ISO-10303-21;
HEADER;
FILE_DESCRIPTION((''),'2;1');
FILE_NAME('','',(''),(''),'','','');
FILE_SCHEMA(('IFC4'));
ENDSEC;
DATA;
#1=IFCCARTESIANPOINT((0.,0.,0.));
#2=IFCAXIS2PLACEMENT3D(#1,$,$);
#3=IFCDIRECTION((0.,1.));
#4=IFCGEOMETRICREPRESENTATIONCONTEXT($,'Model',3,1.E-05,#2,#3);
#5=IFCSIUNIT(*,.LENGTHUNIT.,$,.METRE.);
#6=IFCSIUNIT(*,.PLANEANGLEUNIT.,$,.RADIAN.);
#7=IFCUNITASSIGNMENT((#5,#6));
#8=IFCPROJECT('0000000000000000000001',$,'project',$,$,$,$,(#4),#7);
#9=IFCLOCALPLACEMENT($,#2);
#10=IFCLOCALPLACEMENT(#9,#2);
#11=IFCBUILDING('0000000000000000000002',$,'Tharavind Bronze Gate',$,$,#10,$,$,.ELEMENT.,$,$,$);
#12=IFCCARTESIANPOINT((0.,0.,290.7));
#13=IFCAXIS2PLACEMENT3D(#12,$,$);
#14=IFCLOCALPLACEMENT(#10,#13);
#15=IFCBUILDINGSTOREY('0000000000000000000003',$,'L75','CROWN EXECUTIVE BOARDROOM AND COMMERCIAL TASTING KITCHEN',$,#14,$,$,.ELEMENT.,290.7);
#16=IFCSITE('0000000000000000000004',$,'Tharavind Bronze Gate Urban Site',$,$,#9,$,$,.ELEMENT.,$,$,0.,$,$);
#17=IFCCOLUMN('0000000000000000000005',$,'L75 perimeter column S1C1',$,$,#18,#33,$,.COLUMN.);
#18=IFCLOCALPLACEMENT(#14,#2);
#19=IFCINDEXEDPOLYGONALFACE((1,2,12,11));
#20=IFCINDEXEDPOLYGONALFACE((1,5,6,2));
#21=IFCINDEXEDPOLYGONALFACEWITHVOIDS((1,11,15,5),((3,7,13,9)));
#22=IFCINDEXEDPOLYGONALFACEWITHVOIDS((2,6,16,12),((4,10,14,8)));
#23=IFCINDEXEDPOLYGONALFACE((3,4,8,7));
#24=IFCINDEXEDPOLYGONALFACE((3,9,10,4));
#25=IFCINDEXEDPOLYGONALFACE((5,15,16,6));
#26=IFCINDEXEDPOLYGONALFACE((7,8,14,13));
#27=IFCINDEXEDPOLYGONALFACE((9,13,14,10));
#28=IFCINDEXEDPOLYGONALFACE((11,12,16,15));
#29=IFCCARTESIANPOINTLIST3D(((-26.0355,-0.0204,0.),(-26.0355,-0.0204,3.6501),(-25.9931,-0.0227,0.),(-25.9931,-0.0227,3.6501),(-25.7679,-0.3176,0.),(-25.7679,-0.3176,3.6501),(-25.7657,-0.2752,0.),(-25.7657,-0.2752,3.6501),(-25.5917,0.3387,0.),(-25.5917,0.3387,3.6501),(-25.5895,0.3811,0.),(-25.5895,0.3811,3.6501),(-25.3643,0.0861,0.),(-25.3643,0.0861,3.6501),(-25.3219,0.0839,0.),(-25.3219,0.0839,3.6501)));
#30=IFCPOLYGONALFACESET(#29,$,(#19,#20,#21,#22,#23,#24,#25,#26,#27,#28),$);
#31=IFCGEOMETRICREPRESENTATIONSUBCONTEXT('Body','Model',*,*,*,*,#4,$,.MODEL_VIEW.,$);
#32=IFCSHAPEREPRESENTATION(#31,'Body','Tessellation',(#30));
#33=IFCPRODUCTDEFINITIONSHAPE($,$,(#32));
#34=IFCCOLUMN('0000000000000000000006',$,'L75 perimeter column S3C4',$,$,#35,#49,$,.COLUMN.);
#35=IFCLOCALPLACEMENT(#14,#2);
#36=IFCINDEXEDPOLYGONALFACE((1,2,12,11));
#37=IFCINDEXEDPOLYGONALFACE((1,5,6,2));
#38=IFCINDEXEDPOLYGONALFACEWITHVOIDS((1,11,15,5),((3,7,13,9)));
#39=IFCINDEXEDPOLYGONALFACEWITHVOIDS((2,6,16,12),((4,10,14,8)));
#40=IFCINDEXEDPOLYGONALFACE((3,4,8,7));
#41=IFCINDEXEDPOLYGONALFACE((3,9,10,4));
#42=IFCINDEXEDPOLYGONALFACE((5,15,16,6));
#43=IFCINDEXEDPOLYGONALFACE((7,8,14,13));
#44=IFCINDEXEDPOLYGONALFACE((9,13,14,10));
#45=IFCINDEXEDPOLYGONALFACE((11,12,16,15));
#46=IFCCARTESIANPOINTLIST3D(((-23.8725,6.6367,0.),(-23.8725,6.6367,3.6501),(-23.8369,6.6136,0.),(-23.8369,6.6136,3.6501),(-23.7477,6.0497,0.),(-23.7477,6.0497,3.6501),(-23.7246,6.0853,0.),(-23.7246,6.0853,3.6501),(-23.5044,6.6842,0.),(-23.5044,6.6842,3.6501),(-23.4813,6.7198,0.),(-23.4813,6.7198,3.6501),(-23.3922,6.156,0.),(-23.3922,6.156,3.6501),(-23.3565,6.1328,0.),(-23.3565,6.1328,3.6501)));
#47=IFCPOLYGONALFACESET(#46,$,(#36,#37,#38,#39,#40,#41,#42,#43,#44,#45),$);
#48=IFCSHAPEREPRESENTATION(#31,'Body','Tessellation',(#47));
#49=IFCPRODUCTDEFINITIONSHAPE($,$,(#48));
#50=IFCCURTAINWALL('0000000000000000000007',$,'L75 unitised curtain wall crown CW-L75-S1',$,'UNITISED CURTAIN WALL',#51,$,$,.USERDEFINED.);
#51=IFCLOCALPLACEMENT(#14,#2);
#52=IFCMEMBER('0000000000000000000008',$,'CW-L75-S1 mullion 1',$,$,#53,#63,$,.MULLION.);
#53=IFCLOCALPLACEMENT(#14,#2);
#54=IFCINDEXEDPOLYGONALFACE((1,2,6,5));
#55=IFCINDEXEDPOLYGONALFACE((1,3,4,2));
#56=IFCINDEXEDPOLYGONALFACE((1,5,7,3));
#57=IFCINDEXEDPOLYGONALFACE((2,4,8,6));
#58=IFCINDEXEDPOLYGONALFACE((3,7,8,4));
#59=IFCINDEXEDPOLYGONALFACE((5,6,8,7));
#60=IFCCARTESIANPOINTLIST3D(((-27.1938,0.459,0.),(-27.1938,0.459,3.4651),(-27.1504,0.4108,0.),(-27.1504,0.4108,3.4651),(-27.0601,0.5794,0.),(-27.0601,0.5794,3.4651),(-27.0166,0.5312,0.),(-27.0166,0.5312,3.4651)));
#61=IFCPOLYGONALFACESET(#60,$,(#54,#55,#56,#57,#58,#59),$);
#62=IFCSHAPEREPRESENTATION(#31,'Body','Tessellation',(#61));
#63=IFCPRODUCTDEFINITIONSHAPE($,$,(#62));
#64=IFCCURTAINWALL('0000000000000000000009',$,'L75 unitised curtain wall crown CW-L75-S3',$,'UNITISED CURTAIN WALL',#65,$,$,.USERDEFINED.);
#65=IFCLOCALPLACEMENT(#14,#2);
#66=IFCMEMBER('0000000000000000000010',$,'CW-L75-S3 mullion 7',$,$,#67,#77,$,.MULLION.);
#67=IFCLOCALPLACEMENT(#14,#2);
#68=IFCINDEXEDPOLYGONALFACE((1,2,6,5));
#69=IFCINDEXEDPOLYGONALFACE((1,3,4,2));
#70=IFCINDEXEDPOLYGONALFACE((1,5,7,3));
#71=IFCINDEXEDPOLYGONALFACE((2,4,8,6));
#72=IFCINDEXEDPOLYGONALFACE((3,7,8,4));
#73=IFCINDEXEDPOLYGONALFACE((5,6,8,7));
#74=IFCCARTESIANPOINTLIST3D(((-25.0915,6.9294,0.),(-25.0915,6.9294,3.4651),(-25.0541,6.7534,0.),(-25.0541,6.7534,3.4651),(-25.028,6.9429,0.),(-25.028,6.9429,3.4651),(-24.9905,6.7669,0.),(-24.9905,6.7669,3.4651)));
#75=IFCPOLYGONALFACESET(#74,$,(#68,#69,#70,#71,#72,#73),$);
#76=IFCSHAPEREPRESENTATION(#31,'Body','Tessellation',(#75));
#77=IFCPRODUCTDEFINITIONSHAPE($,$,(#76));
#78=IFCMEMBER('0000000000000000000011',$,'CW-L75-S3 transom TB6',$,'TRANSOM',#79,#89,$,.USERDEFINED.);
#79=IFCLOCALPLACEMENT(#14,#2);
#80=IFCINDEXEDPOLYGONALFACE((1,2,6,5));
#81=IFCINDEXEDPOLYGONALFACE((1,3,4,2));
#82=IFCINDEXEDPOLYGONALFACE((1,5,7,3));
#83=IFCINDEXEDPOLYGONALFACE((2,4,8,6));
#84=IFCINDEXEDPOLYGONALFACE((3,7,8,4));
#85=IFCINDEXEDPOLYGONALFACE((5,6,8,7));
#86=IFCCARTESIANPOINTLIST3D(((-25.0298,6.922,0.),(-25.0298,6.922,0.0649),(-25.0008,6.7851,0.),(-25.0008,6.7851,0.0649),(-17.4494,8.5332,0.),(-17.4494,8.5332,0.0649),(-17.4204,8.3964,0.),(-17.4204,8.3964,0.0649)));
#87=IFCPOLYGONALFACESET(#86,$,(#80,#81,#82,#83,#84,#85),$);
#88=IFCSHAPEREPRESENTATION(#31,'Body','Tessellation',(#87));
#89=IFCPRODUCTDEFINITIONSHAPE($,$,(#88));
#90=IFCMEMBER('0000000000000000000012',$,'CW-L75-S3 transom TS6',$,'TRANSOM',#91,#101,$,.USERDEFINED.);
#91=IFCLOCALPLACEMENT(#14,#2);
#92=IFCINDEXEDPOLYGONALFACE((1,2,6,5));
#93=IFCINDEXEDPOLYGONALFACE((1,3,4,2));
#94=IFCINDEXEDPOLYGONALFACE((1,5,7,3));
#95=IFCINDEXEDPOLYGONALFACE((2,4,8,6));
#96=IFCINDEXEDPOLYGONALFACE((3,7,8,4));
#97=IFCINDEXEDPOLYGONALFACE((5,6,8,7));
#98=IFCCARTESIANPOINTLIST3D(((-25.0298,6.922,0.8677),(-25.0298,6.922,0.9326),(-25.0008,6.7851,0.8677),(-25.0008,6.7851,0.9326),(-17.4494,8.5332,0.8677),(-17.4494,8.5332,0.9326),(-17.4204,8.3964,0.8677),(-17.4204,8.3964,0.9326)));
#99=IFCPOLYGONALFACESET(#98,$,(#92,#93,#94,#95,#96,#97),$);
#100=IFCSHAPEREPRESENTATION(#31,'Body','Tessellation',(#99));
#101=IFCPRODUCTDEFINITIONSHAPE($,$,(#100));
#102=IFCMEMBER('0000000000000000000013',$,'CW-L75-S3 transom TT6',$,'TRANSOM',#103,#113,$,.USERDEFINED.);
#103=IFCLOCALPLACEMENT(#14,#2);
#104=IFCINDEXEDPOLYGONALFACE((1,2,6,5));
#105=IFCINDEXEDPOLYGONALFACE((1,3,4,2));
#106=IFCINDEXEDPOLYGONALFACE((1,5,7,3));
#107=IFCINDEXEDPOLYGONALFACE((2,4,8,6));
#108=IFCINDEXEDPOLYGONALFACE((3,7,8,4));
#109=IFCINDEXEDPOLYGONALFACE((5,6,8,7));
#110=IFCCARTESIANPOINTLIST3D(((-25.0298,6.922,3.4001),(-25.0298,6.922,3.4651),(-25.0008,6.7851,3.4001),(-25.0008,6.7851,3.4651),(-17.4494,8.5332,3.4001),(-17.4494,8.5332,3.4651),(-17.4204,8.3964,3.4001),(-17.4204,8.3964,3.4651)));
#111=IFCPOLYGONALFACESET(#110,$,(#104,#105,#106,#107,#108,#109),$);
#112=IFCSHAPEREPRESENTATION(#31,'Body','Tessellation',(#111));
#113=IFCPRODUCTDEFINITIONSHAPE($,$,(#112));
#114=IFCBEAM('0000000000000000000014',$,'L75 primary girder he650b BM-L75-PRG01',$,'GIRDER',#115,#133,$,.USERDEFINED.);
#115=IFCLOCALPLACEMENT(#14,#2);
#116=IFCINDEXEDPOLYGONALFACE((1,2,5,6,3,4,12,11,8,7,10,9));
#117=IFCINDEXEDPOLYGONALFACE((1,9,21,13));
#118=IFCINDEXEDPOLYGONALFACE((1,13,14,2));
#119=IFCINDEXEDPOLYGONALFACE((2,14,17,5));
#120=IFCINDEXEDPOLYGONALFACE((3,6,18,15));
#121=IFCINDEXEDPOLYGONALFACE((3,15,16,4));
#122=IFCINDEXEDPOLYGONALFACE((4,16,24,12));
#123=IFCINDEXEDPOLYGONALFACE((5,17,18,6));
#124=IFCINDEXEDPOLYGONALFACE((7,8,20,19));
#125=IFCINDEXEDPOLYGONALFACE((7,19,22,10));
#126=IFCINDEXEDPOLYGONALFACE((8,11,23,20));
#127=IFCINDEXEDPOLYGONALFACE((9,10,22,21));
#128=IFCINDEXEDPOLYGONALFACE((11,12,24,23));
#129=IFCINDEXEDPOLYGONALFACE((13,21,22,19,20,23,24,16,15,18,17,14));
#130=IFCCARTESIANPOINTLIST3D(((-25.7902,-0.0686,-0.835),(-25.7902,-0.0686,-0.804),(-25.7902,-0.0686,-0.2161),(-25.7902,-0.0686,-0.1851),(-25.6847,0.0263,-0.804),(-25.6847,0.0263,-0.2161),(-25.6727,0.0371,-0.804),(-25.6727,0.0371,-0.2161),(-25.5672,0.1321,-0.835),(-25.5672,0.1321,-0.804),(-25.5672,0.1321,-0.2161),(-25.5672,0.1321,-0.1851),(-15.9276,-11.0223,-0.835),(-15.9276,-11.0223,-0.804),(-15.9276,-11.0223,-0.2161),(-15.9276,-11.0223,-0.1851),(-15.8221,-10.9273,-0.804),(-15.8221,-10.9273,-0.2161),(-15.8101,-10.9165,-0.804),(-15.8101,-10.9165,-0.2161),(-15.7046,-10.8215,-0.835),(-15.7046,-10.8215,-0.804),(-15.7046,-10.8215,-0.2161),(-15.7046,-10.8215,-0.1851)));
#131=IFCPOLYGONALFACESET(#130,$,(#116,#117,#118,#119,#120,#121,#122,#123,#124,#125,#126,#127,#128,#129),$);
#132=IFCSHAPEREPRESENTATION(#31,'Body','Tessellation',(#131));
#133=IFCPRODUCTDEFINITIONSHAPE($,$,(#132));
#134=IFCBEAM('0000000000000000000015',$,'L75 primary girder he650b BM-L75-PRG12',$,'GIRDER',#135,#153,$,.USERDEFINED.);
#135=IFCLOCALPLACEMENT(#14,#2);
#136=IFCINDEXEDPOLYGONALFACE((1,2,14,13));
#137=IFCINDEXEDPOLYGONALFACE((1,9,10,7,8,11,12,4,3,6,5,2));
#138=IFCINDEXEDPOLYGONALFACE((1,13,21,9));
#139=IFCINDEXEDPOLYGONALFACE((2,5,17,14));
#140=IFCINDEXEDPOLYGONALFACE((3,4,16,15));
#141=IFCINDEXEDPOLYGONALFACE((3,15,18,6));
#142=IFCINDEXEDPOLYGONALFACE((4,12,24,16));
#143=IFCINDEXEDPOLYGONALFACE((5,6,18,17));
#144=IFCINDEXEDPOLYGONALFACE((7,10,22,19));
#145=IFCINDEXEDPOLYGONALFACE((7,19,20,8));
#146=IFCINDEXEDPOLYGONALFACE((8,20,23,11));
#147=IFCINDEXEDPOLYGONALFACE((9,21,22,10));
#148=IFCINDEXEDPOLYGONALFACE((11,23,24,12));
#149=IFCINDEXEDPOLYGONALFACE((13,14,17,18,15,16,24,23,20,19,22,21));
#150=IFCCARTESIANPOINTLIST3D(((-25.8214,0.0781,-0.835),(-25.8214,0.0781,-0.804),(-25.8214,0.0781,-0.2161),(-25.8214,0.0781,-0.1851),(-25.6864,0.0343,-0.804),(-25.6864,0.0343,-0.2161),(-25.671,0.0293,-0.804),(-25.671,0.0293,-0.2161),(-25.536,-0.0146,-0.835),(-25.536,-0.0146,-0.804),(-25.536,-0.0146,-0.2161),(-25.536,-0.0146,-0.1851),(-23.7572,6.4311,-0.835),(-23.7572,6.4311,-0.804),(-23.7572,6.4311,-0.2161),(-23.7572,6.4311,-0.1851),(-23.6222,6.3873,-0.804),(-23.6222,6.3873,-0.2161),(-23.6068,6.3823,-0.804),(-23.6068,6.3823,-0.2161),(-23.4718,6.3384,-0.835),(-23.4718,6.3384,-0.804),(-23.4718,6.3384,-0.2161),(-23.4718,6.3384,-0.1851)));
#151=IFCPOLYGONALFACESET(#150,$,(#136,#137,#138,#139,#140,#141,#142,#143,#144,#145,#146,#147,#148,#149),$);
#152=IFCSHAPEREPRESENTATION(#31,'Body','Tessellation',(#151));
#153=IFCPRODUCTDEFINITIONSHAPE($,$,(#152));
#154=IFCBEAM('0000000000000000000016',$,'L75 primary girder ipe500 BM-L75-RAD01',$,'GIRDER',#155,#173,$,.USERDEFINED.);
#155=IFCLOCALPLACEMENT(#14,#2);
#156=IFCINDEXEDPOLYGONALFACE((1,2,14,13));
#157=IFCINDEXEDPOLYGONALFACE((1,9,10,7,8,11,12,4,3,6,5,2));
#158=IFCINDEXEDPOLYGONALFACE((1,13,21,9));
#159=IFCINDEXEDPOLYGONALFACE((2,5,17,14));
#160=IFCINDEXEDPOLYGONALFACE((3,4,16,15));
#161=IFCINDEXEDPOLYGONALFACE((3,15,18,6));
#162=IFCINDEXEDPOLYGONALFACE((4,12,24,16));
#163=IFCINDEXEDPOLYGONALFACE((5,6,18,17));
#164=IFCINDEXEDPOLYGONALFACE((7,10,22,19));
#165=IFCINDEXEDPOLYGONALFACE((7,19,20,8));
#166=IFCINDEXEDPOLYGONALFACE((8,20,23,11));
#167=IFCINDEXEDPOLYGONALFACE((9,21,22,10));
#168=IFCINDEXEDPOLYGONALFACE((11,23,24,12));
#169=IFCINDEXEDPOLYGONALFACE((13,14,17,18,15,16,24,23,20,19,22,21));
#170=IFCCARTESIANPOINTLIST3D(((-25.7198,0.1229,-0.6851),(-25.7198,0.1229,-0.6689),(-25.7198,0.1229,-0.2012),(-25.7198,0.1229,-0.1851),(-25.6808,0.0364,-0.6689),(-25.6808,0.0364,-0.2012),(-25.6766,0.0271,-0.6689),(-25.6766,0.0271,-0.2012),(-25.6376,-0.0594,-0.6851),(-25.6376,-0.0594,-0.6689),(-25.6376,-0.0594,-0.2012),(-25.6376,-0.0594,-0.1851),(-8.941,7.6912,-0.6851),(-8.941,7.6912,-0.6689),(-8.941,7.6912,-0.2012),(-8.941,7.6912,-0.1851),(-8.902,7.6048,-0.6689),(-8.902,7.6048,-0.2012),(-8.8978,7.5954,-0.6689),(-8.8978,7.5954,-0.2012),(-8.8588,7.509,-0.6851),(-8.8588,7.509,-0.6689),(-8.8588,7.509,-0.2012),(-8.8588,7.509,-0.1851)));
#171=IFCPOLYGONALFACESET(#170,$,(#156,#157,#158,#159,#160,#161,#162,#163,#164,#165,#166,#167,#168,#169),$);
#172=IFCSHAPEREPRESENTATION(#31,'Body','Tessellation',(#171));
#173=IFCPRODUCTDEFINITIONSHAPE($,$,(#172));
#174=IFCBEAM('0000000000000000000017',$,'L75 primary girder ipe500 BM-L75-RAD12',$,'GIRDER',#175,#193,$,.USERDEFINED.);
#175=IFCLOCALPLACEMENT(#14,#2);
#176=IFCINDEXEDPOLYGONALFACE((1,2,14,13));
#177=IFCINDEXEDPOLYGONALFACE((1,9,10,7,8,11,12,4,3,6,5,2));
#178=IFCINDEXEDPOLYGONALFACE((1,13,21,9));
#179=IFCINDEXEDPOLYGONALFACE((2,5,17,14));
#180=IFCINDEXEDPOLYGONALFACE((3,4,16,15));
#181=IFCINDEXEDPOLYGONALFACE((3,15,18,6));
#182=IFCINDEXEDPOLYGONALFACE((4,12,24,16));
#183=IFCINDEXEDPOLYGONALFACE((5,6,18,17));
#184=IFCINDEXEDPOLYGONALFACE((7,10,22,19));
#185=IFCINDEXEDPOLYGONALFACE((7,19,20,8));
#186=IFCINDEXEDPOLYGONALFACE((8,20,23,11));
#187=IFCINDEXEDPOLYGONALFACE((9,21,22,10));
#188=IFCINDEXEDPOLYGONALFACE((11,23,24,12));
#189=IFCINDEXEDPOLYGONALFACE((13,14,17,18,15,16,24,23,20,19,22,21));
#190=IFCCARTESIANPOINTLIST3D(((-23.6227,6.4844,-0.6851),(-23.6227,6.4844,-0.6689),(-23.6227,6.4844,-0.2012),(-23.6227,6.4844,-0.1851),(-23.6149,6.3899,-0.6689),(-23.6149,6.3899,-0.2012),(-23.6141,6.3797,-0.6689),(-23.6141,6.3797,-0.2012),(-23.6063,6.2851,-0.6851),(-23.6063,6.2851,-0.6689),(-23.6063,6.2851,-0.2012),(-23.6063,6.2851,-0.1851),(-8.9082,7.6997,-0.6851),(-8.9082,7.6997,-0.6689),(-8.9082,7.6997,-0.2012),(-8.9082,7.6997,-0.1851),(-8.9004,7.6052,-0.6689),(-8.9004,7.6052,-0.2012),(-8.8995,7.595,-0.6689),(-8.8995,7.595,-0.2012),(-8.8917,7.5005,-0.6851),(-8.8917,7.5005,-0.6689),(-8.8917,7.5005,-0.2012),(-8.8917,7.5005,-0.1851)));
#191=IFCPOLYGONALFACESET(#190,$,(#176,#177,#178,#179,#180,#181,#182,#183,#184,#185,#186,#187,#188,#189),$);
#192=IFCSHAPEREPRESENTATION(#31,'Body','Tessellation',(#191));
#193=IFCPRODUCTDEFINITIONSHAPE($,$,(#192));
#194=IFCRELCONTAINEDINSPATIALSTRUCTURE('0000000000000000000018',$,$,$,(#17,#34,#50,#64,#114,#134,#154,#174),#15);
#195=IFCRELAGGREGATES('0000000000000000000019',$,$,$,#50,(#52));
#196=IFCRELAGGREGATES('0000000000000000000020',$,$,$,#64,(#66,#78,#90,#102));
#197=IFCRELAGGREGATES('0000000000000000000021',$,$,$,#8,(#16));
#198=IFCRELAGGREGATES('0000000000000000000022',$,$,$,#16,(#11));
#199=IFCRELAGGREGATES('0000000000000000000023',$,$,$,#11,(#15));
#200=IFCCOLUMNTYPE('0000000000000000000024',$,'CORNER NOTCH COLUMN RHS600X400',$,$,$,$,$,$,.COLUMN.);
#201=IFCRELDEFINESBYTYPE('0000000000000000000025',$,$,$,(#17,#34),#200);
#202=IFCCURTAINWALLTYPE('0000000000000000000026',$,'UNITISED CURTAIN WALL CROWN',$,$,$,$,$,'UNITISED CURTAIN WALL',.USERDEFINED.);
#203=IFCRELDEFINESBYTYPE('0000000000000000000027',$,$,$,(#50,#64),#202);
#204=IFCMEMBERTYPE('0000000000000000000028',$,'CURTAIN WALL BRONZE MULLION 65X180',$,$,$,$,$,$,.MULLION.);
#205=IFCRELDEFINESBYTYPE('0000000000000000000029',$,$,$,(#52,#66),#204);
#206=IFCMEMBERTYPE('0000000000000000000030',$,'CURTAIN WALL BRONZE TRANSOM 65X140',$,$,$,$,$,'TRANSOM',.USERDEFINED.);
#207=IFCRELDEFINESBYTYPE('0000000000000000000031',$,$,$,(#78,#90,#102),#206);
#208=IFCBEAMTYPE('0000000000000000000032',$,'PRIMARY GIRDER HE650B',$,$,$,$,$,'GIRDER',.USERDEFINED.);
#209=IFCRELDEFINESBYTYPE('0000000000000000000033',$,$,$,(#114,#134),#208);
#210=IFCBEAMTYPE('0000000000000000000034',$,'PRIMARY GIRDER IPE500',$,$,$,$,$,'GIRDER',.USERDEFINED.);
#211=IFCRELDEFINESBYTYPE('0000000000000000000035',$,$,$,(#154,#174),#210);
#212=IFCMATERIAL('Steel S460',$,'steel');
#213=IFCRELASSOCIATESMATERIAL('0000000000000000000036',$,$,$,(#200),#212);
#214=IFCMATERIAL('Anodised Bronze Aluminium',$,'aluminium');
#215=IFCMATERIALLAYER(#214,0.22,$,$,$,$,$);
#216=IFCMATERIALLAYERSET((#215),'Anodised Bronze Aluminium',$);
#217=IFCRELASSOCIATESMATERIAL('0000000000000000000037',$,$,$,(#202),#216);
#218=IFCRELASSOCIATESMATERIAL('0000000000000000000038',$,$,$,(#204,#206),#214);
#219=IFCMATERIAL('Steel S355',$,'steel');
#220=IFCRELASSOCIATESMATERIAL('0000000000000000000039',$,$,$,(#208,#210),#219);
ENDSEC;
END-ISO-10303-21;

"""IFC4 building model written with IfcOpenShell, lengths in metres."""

from ifc_helpers import new_model, si_unit, direction, frame, origin, origin_2d, place, context, subcontext, project, spatial, rectangle, hollow_rectangle, i_section, extrude, material, layer, layer_set, material_profile, profile_set, type_object, element, aggregate, save


model = new_model("IFC4")

# Units and contexts
model_context = context("Model", 3, precision=1e-05, world=origin(), true_north=direction((0.0, 1.0)))
body_context = subcontext(model_context, "Body", "Model", "MODEL_VIEW")
ifc_project = project(units=[si_unit("LENGTHUNIT", "METRE"), si_unit("PLANEANGLEUNIT", "RADIAN")], contexts=[model_context])

# Site, building, storey
site_placement = place(None, origin())
site = spatial("IfcSite", under=ifc_project, at=site_placement, Name="Tharavind Bronze Gate Urban Site", CompositionType="ELEMENT", RefElevation=0.0)
building_placement = place(site_placement, origin())
building = spatial("IfcBuilding", under=site, at=building_placement, Name="Tharavind Bronze Gate", CompositionType="ELEMENT")
storey_placement = place(building_placement, frame((0.0, 0.0, 290.7)))
storey = spatial("IfcBuildingStorey", under=building, at=storey_placement, Name="L75", Description="CROWN EXECUTIVE BOARDROOM AND COMMERCIAL TASTING KITCHEN", CompositionType="ELEMENT", Elevation=290.7)

# Columns
ifc_material_1 = material(Name="Steel S460", Category="steel")
ifc_material_profile_1 = material_profile(ifc_material_1, hollow_rectangle(XDim=0.3999, YDim=0.6001, WallThickness=0.03, at=origin_2d()), Name="RHS600X400X30")
ifc_profile_set_1 = profile_set([ifc_material_profile_1], Name="Steel S460")
column_type = type_object("IfcColumnType", Name="CORNER NOTCH COLUMN RHS600X400", PredefinedType="COLUMN", material=ifc_profile_set_1)
for number, where, z_axis, x_axis, name in (
    (1, (-25.6787, 0.0317, 0.0), (0.0, 0.0, 1.0), (-0.669131, 0.743145, 0.0), "L75 perimeter column S1C1"),
    (2, (-23.6145, 6.3848, 0.0), (0.0, 0.0, 1.0), (0.978147, 0.207913, 0.0), "L75 perimeter column S3C4"),
):
    element("IfcColumn", number, at=place(storey_placement, frame(where, z_axis=z_axis, x_axis=x_axis)), inside=storey, type_object=column_type, Name=name, PredefinedType="COLUMN", context=body_context, shape_type="SweptSolid", body=[
        extrude(hollow_rectangle(XDim=0.3999, YDim=0.6001, WallThickness=0.03, at=origin_2d()), origin(), (0.0, 0.0, 1.0), 3.6501),
    ])

# Curtain wall, member
ifc_material_2 = material(Name="Anodised Bronze Aluminium", Category="aluminium")
ifc_layer_1 = layer(ifc_material_2, 0.22)
ifc_layer_set_1 = layer_set([ifc_layer_1], Name="Anodised Bronze Aluminium")
curtain_wall_type = type_object("IfcCurtainWallType", Name="UNITISED CURTAIN WALL CROWN", ElementType="UNITISED CURTAIN WALL", PredefinedType="USERDEFINED", material=ifc_layer_set_1)
curtain_wall_1_placement = place(storey_placement, origin())
curtain_wall_1 = element("IfcCurtainWall", 3, at=curtain_wall_1_placement, inside=storey, type_object=curtain_wall_type, Name="L75 unitised curtain wall crown CW-L75-S1", ObjectType="UNITISED CURTAIN WALL", PredefinedType="USERDEFINED")
member_type_1 = type_object("IfcMemberType", Name="CURTAIN WALL BRONZE MULLION 65X180", PredefinedType="MULLION", material=ifc_material_2)
member_1_placement = place(storey_placement, frame((-27.1052, 0.4951, 0.0), z_axis=(0.0, 0.0, 1.0), x_axis=(0.669131, -0.743145, 0.0)))
member_1 = element("IfcMember", 4, at=member_1_placement, type_object=member_type_1, Name="CW-L75-S1 mullion 1", PredefinedType="MULLION", context=body_context, shape_type="SweptSolid", body=[
    extrude(rectangle(XDim=0.0649, YDim=0.1799, at=origin_2d()), origin(), (0.0, 0.0, 1.0), 3.4651),
])
aggregate(curtain_wall_1, [member_1])

# Curtain wall, members
curtain_wall_2_placement = place(storey_placement, origin())
curtain_wall_2 = element("IfcCurtainWall", 5, at=curtain_wall_2_placement, inside=storey, type_object=curtain_wall_type, Name="L75 unitised curtain wall crown CW-L75-S3", ObjectType="UNITISED CURTAIN WALL", PredefinedType="USERDEFINED")
member_2_placement = place(storey_placement, frame((-25.041, 6.8481, 0.0), z_axis=(0.0, 0.0, 1.0), x_axis=(-0.978147, -0.207913, 0.0)))
member_2 = element("IfcMember", 6, at=member_2_placement, type_object=member_type_1, Name="CW-L75-S3 mullion 7", PredefinedType="MULLION", context=body_context, shape_type="SweptSolid", body=[
    extrude(rectangle(XDim=0.0649, YDim=0.1799, at=origin_2d()), origin(), (0.0, 0.0, 1.0), 3.4651),
])
member_type_2 = type_object("IfcMemberType", Name="CURTAIN WALL BRONZE TRANSOM 65X140", ElementType="TRANSOM", PredefinedType="USERDEFINED", material=ifc_material_2)
member_3_placement = place(storey_placement, frame((-21.2251, 7.6592, 0.0), z_axis=(0.0, 0.0, 1.0), x_axis=(-0.978147, -0.207913, 0.0)))
member_3 = element("IfcMember", 7, at=member_3_placement, type_object=member_type_2, Name="CW-L75-S3 transom TB6", ObjectType="TRANSOM", PredefinedType="USERDEFINED", context=body_context, shape_type="SweptSolid", body=[
    extrude(rectangle(XDim=7.7498, YDim=0.1399, at=origin_2d()), origin(), (0.0, 0.0, 1.0), 0.0649),
])
member_4_placement = place(storey_placement, frame((-21.2251, 7.6592, 0.8677), z_axis=(0.0, 0.0, 1.0), x_axis=(-0.978147, -0.207913, 0.0)))
member_4 = element("IfcMember", 8, at=member_4_placement, type_object=member_type_2, Name="CW-L75-S3 transom TS6", ObjectType="TRANSOM", PredefinedType="USERDEFINED", context=body_context, shape_type="SweptSolid", body=[
    extrude(rectangle(XDim=7.7498, YDim=0.1399, at=origin_2d()), origin(), (0.0, 0.0, 1.0), 0.0649),
])
member_5_placement = place(storey_placement, frame((-21.2251, 7.6592, 3.4001), z_axis=(0.0, 0.0, 1.0), x_axis=(-0.978147, -0.207913, 0.0)))
member_5 = element("IfcMember", 9, at=member_5_placement, type_object=member_type_2, Name="CW-L75-S3 transom TT6", ObjectType="TRANSOM", PredefinedType="USERDEFINED", context=body_context, shape_type="SweptSolid", body=[
    extrude(rectangle(XDim=7.7498, YDim=0.1399, at=origin_2d()), origin(), (0.0, 0.0, 1.0), 0.0649),
])

# Beams
ifc_material_3 = material(Name="Steel S355", Category="steel")
ifc_material_profile_2 = material_profile(ifc_material_3, i_section(OverallWidth=0.3, OverallDepth=0.6499, WebThickness=0.0161, FlangeThickness=0.031, at=origin_2d()), Name="HE650B")
ifc_profile_set_2 = profile_set([ifc_material_profile_2], Name="Steel S355")
beam_type_1 = type_object("IfcBeamType", Name="PRIMARY GIRDER HE650B", ElementType="GIRDER", PredefinedType="USERDEFINED", material=ifc_profile_set_2)
beam_1_placement = place(storey_placement, frame((-25.6787, 0.0317, -0.51), z_axis=(0.669126, -0.743149, 0.0), x_axis=(0.743149, 0.669126, 0.0)))
element("IfcBeam", 10, at=beam_1_placement, inside=storey, type_object=beam_type_1, Name="L75 primary girder he650b BM-L75-PRG01", ObjectType="GIRDER", PredefinedType="USERDEFINED", context=body_context, shape_type="SweptSolid", body=[
    extrude(i_section(OverallWidth=0.3, OverallDepth=0.6499, WebThickness=0.0161, FlangeThickness=0.031, at=origin_2d()), origin(), (0.0, 0.0, 1.0), 14.7395),
])
beam_2_placement = place(storey_placement, frame((-23.6145, 6.3848, -0.51), z_axis=(-0.309015, -0.951057, 0.0), x_axis=(0.951057, -0.309015, 0.0)))
element("IfcBeam", 11, at=beam_2_placement, inside=storey, type_object=beam_type_1, Name="L75 primary girder he650b BM-L75-PRG12", ObjectType="GIRDER", PredefinedType="USERDEFINED", context=body_context, shape_type="SweptSolid", body=[
    extrude(i_section(OverallWidth=0.3, OverallDepth=0.6499, WebThickness=0.0161, FlangeThickness=0.031, at=origin_2d()), origin(), (0.0, 0.0, 1.0), 6.6799),
])
ifc_material_profile_3 = material_profile(ifc_material_3, i_section(OverallWidth=0.2, OverallDepth=0.5, WebThickness=0.0103, FlangeThickness=0.0161, at=origin_2d()), Name="IPE500")
ifc_profile_set_3 = profile_set([ifc_material_profile_3], Name="Steel S355")
beam_type_2 = type_object("IfcBeamType", Name="PRIMARY GIRDER IPE500", ElementType="GIRDER", PredefinedType="USERDEFINED", material=ifc_profile_set_3)
beam_3_placement = place(storey_placement, frame((-25.6787, 0.0317, -0.4351), z_axis=(0.911557, 0.411173, 0.0), x_axis=(-0.411173, 0.911557, 0.0)))
element("IfcBeam", 12, at=beam_3_placement, inside=storey, type_object=beam_type_2, Name="L75 primary girder ipe500 BM-L75-RAD01", ObjectType="GIRDER", PredefinedType="USERDEFINED", context=body_context, shape_type="SweptSolid", body=[
    extrude(i_section(OverallWidth=0.2, OverallDepth=0.5, WebThickness=0.0103, FlangeThickness=0.0161, at=origin_2d()), origin(), (0.0, 0.0, 1.0), 18.4067),
])
beam_4_placement = place(storey_placement, frame((-23.6145, 6.3848, -0.4351), z_axis=(0.996606, 0.082313, 0.0), x_axis=(-0.082313, 0.996606, 0.0)))
element("IfcBeam", 13, at=beam_4_placement, inside=storey, type_object=beam_type_2, Name="L75 primary girder ipe500 BM-L75-RAD12", ObjectType="GIRDER", PredefinedType="USERDEFINED", context=body_context, shape_type="SweptSolid", body=[
    extrude(i_section(OverallWidth=0.2, OverallDepth=0.5, WebThickness=0.0103, FlangeThickness=0.0161, at=origin_2d()), origin(), (0.0, 0.0, 1.0), 14.7646),
])

aggregate(curtain_wall_2, [member_2, member_3, member_4, member_5])

save(model, "model.ifc")
